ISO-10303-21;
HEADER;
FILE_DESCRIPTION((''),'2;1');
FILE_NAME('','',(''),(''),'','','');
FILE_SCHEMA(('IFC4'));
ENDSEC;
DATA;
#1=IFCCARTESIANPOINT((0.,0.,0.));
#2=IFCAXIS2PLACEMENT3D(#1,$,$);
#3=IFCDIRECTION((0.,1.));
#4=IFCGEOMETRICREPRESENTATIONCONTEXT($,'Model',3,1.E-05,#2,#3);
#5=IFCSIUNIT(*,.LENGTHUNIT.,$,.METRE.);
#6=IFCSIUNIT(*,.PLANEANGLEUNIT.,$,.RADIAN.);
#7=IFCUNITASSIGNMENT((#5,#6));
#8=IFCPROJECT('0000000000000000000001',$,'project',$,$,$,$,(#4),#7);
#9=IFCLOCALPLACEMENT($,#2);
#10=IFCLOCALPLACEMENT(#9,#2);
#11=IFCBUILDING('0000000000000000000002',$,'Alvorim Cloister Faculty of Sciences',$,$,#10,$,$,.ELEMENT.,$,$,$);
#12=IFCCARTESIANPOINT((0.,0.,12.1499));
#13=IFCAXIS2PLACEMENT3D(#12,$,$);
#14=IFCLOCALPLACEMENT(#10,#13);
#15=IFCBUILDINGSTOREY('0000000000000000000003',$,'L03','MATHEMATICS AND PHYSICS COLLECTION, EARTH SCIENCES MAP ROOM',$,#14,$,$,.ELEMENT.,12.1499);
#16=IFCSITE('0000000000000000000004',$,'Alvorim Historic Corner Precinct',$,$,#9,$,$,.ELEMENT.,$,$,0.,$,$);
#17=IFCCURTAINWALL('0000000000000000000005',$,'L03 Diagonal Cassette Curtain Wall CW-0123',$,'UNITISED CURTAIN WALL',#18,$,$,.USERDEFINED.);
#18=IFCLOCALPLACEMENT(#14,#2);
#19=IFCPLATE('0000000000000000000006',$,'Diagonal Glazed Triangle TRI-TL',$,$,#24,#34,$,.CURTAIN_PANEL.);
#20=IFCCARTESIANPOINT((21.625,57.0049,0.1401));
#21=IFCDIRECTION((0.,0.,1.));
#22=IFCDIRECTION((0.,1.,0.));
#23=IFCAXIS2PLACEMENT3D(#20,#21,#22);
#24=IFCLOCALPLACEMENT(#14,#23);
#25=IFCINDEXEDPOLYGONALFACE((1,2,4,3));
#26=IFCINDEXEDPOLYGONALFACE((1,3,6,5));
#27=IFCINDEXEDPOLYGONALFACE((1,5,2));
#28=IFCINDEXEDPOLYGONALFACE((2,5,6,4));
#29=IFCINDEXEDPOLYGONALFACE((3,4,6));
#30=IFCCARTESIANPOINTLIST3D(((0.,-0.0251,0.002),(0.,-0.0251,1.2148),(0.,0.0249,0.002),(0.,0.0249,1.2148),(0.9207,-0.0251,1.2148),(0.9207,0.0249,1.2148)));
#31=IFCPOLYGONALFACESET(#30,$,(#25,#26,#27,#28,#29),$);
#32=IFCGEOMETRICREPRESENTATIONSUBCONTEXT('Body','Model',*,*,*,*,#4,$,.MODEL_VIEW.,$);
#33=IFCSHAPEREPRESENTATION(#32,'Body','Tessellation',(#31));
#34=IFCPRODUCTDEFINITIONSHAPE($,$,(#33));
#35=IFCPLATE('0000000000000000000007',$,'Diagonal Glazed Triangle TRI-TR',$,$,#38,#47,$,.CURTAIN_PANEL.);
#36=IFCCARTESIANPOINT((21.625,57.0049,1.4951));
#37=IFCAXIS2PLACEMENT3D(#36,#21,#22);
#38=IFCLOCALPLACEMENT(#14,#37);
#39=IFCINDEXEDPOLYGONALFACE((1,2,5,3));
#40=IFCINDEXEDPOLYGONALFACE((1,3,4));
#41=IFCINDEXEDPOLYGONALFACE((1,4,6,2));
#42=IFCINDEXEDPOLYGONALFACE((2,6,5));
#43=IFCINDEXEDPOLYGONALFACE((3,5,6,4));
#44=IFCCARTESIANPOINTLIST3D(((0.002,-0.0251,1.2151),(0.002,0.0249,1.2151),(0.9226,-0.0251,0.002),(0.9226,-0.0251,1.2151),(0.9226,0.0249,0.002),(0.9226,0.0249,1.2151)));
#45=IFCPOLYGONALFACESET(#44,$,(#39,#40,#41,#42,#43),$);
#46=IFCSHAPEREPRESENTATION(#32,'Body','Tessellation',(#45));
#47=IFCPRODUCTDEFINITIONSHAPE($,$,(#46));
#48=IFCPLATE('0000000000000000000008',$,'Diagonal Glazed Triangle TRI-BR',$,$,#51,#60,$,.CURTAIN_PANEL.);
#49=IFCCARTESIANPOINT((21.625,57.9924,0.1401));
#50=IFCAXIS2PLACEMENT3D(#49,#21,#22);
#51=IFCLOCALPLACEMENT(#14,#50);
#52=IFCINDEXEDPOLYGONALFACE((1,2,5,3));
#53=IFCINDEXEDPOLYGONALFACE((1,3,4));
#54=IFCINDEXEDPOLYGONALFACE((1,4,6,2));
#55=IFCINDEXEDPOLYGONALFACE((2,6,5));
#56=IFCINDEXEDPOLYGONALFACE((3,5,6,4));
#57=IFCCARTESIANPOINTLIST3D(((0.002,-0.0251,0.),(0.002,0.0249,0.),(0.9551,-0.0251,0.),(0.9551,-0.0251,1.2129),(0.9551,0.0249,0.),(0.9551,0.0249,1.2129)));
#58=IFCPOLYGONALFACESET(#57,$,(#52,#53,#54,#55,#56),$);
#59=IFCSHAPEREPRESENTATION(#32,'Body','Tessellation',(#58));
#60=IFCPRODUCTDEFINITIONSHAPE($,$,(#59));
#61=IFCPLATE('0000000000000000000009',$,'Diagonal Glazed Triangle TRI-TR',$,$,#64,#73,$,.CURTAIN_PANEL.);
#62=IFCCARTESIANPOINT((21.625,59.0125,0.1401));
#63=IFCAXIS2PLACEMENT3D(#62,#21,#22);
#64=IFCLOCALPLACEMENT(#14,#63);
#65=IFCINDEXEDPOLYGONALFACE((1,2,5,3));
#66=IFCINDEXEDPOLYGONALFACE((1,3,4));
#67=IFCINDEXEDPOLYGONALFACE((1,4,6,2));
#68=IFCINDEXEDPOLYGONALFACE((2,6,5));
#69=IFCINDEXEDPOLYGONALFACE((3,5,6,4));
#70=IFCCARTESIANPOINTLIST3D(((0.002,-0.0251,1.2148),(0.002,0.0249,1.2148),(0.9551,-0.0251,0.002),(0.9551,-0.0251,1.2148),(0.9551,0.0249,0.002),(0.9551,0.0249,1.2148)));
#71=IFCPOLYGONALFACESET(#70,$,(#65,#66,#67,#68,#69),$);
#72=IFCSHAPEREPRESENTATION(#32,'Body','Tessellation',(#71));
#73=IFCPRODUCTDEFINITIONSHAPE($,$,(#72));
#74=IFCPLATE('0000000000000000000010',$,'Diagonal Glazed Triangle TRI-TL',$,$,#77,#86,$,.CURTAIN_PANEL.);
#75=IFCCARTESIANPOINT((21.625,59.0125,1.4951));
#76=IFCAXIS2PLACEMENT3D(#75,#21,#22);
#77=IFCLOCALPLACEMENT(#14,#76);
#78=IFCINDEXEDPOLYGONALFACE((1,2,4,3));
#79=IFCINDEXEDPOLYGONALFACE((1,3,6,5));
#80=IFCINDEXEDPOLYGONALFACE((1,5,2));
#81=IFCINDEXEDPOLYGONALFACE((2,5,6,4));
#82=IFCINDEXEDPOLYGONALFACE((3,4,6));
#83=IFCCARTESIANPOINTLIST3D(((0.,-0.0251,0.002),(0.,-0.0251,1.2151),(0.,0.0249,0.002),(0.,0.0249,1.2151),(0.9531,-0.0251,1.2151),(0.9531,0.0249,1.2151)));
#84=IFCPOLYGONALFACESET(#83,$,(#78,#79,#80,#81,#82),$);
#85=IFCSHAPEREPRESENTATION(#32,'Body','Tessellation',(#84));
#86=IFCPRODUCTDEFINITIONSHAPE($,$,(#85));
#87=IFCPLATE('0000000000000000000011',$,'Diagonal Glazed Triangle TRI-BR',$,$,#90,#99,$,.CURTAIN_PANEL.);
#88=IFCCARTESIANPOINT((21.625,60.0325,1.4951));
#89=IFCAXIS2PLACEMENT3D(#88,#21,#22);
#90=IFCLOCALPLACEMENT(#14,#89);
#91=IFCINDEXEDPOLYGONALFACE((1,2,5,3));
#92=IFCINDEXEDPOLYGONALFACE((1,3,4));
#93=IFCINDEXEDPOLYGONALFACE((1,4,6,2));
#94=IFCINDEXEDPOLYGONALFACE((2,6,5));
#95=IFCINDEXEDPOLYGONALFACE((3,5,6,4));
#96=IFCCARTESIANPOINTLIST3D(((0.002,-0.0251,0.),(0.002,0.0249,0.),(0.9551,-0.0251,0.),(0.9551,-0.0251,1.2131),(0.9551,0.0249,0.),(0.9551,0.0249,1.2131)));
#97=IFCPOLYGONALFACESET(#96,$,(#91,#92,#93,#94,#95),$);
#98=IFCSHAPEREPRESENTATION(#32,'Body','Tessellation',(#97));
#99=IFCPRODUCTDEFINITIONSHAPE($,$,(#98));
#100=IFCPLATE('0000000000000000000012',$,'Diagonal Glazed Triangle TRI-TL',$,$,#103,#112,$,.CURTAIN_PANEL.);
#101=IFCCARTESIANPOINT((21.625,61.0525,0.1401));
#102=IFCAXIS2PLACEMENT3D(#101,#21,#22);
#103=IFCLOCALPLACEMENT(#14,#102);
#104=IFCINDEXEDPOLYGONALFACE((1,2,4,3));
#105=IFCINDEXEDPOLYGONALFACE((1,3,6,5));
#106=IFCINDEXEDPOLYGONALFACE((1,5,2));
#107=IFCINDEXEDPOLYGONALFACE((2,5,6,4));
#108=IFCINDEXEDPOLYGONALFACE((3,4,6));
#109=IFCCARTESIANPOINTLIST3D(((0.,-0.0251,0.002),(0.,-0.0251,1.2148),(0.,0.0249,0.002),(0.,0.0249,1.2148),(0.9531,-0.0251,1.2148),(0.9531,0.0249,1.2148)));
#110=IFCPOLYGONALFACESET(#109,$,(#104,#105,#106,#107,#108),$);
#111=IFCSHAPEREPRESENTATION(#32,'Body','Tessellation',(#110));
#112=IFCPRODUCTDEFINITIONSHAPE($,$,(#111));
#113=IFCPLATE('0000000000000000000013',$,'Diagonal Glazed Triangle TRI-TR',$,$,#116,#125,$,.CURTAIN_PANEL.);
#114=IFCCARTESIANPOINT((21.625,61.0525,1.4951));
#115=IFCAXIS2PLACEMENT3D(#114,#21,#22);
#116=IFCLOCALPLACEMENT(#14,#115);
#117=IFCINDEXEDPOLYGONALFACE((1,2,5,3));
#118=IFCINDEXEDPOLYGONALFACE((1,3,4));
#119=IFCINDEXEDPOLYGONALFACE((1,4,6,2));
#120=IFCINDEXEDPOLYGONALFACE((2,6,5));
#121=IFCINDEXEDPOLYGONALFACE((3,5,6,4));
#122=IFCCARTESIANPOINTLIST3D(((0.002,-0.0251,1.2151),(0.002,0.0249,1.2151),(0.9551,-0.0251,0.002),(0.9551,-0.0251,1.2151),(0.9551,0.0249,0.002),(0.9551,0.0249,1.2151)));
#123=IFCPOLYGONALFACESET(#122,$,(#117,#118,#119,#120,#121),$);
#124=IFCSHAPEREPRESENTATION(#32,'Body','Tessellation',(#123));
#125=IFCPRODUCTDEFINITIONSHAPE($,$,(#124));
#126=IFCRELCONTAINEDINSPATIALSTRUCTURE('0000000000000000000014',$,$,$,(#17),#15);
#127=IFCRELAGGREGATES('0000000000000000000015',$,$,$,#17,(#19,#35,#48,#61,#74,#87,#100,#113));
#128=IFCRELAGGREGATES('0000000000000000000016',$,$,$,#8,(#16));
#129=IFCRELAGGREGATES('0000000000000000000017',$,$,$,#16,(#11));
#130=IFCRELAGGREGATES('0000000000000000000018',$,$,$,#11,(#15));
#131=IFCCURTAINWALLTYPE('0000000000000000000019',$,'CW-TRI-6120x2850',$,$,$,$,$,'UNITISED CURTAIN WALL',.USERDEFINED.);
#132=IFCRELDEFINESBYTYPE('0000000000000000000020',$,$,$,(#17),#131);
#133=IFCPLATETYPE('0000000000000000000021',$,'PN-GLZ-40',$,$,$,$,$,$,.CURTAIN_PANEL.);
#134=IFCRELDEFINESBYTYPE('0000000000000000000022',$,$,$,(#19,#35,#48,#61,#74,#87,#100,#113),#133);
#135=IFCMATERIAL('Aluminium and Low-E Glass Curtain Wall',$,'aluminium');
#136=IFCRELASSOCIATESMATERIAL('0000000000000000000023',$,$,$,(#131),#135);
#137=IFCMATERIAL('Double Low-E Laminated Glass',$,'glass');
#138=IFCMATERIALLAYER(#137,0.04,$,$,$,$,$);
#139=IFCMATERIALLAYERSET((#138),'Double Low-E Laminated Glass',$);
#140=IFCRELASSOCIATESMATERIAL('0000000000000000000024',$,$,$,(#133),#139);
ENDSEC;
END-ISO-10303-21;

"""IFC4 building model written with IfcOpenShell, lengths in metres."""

from ifc_helpers import new_model, si_unit, direction, frame, origin, place, context, subcontext, project, spatial, polyline, outline, extrude, material, layer, layer_set, type_object, element, aggregate, save


model = new_model("IFC4")

# Units and contexts
model_context = context("Model", 3, precision=1e-05, world=origin(), true_north=direction((0.0, 1.0)))
body_context = subcontext(model_context, "Body", "Model", "MODEL_VIEW")
ifc_project = project(units=[si_unit("LENGTHUNIT", "METRE"), si_unit("PLANEANGLEUNIT", "RADIAN")], contexts=[model_context])

# Site, building, storey
site_placement = place(None, origin())
site = spatial("IfcSite", under=ifc_project, at=site_placement, Name="Alvorim Historic Corner Precinct", CompositionType="ELEMENT", RefElevation=0.0)
building_placement = place(site_placement, origin())
building = spatial("IfcBuilding", under=site, at=building_placement, Name="Alvorim Cloister Faculty of Sciences", CompositionType="ELEMENT")
storey_placement = place(building_placement, frame((0.0, 0.0, 12.1499)))
storey = spatial("IfcBuildingStorey", under=building, at=storey_placement, Name="L03", Description="MATHEMATICS AND PHYSICS COLLECTION, EARTH SCIENCES MAP ROOM", CompositionType="ELEMENT", Elevation=12.1499)

# Curtain wall, plates
ifc_material_1 = material(Name="Aluminium and Low-E Glass Curtain Wall", Category="aluminium")
curtain_wall_type = type_object("IfcCurtainWallType", Name="CW-TRI-6120x2850", ElementType="UNITISED CURTAIN WALL", PredefinedType="USERDEFINED", material=ifc_material_1)
curtain_wall_placement = place(storey_placement, origin())
curtain_wall = element("IfcCurtainWall", 1, at=curtain_wall_placement, inside=storey, type_object=curtain_wall_type, Name="L03 Diagonal Cassette Curtain Wall CW-0123", ObjectType="UNITISED CURTAIN WALL", PredefinedType="USERDEFINED")
ifc_material_2 = material(Name="Double Low-E Laminated Glass", Category="glass")
ifc_layer_1 = layer(ifc_material_2, 0.04)
ifc_layer_set_1 = layer_set([ifc_layer_1], Name="Double Low-E Laminated Glass")
plate_type = type_object("IfcPlateType", Name="PN-GLZ-40", PredefinedType="CURTAIN_PANEL", material=ifc_layer_set_1)
plate_1_placement = place(storey_placement, frame((21.625, 57.0049, 0.1401), z_axis=(0.0, 0.0, 1.0), x_axis=(0.0, 1.0, 0.0)))
plate_1 = element("IfcPlate", 2, at=plate_1_placement, type_object=plate_type, Name="Diagonal Glazed Triangle TRI-TL", PredefinedType="CURTAIN_PANEL", context=body_context, shape_type="SweptSolid", body=[
    extrude(outline(polyline([(0.9207, 1.2148), (0.0, 1.2148), (0.0, 0.002), (0.9207, 1.2148)])), frame((0.0, 0.0249, 0.0), z_axis=(0.0, -1.0, 0.0), x_axis=(1.0, 0.0, 0.0)), (0.0, 0.0, 1.0), 0.05),
])
plate_2_placement = place(storey_placement, frame((21.625, 57.0049, 1.4951), z_axis=(0.0, 0.0, 1.0), x_axis=(0.0, 1.0, 0.0)))
plate_2 = element("IfcPlate", 3, at=plate_2_placement, type_object=plate_type, Name="Diagonal Glazed Triangle TRI-TR", PredefinedType="CURTAIN_PANEL", context=body_context, shape_type="SweptSolid", body=[
    extrude(outline(polyline([(0.9226, 0.002), (0.9226, 1.2151), (0.002, 1.2151), (0.9226, 0.002)])), frame((0.0, 0.0249, 0.0), z_axis=(0.0, -1.0, 0.0), x_axis=(1.0, 0.0, 0.0)), (0.0, 0.0, 1.0), 0.05),
])
plate_3_placement = place(storey_placement, frame((21.625, 57.9924, 0.1401), z_axis=(0.0, 0.0, 1.0), x_axis=(0.0, 1.0, 0.0)))
plate_3 = element("IfcPlate", 4, at=plate_3_placement, type_object=plate_type, Name="Diagonal Glazed Triangle TRI-BR", PredefinedType="CURTAIN_PANEL", context=body_context, shape_type="SweptSolid", body=[
    extrude(outline(polyline([(0.002, 0.0), (0.9551, 0.0), (0.9551, 1.2129), (0.002, 0.0)])), frame((0.0, 0.0249, 0.0), z_axis=(0.0, -1.0, 0.0), x_axis=(1.0, 0.0, 0.0)), (0.0, 0.0, 1.0), 0.05),
])
plate_4_placement = place(storey_placement, frame((21.625, 59.0125, 0.1401), z_axis=(0.0, 0.0, 1.0), x_axis=(0.0, 1.0, 0.0)))
plate_4 = element("IfcPlate", 5, at=plate_4_placement, type_object=plate_type, Name="Diagonal Glazed Triangle TRI-TR", PredefinedType="CURTAIN_PANEL", context=body_context, shape_type="SweptSolid", body=[
    extrude(outline(polyline([(0.9551, 0.002), (0.9551, 1.2148), (0.002, 1.2148), (0.9551, 0.002)])), frame((0.0, 0.0249, 0.0), z_axis=(0.0, -1.0, 0.0), x_axis=(1.0, 0.0, 0.0)), (0.0, 0.0, 1.0), 0.05),
])
plate_5_placement = place(storey_placement, frame((21.625, 59.0125, 1.4951), z_axis=(0.0, 0.0, 1.0), x_axis=(0.0, 1.0, 0.0)))
plate_5 = element("IfcPlate", 6, at=plate_5_placement, type_object=plate_type, Name="Diagonal Glazed Triangle TRI-TL", PredefinedType="CURTAIN_PANEL", context=body_context, shape_type="SweptSolid", body=[
    extrude(outline(polyline([(0.9531, 1.2151), (0.0, 1.2151), (0.0, 0.002), (0.9531, 1.2151)])), frame((0.0, 0.0249, 0.0), z_axis=(0.0, -1.0, 0.0), x_axis=(1.0, 0.0, 0.0)), (0.0, 0.0, 1.0), 0.05),
])
plate_6_placement = place(storey_placement, frame((21.625, 60.0325, 1.4951), z_axis=(0.0, 0.0, 1.0), x_axis=(0.0, 1.0, 0.0)))
plate_6 = element("IfcPlate", 7, at=plate_6_placement, type_object=plate_type, Name="Diagonal Glazed Triangle TRI-BR", PredefinedType="CURTAIN_PANEL", context=body_context, shape_type="SweptSolid", body=[
    extrude(outline(polyline([(0.002, 0.0), (0.9551, 0.0), (0.9551, 1.2131), (0.002, 0.0)])), frame((0.0, 0.0249, 0.0), z_axis=(0.0, -1.0, 0.0), x_axis=(1.0, 0.0, 0.0)), (0.0, 0.0, 1.0), 0.05),
])
plate_7_placement = place(storey_placement, frame((21.625, 61.0525, 0.1401), z_axis=(0.0, 0.0, 1.0), x_axis=(0.0, 1.0, 0.0)))
plate_7 = element("IfcPlate", 8, at=plate_7_placement, type_object=plate_type, Name="Diagonal Glazed Triangle TRI-TL", PredefinedType="CURTAIN_PANEL", context=body_context, shape_type="SweptSolid", body=[
    extrude(outline(polyline([(0.9531, 1.2148), (0.0, 1.2148), (0.0, 0.002), (0.9531, 1.2148)])), frame((0.0, 0.0249, 0.0), z_axis=(0.0, -1.0, 0.0), x_axis=(1.0, 0.0, 0.0)), (0.0, 0.0, 1.0), 0.05),
])
plate_8_placement = place(storey_placement, frame((21.625, 61.0525, 1.4951), z_axis=(0.0, 0.0, 1.0), x_axis=(0.0, 1.0, 0.0)))
plate_8 = element("IfcPlate", 9, at=plate_8_placement, type_object=plate_type, Name="Diagonal Glazed Triangle TRI-TR", PredefinedType="CURTAIN_PANEL", context=body_context, shape_type="SweptSolid", body=[
    extrude(outline(polyline([(0.9551, 0.002), (0.9551, 1.2151), (0.002, 1.2151), (0.9551, 0.002)])), frame((0.0, 0.0249, 0.0), z_axis=(0.0, -1.0, 0.0), x_axis=(1.0, 0.0, 0.0)), (0.0, 0.0, 1.0), 0.05),
])
aggregate(curtain_wall, [plate_1, plate_2, plate_3, plate_4, plate_5, plate_6, plate_7, plate_8])

save(model, "model.ifc")
